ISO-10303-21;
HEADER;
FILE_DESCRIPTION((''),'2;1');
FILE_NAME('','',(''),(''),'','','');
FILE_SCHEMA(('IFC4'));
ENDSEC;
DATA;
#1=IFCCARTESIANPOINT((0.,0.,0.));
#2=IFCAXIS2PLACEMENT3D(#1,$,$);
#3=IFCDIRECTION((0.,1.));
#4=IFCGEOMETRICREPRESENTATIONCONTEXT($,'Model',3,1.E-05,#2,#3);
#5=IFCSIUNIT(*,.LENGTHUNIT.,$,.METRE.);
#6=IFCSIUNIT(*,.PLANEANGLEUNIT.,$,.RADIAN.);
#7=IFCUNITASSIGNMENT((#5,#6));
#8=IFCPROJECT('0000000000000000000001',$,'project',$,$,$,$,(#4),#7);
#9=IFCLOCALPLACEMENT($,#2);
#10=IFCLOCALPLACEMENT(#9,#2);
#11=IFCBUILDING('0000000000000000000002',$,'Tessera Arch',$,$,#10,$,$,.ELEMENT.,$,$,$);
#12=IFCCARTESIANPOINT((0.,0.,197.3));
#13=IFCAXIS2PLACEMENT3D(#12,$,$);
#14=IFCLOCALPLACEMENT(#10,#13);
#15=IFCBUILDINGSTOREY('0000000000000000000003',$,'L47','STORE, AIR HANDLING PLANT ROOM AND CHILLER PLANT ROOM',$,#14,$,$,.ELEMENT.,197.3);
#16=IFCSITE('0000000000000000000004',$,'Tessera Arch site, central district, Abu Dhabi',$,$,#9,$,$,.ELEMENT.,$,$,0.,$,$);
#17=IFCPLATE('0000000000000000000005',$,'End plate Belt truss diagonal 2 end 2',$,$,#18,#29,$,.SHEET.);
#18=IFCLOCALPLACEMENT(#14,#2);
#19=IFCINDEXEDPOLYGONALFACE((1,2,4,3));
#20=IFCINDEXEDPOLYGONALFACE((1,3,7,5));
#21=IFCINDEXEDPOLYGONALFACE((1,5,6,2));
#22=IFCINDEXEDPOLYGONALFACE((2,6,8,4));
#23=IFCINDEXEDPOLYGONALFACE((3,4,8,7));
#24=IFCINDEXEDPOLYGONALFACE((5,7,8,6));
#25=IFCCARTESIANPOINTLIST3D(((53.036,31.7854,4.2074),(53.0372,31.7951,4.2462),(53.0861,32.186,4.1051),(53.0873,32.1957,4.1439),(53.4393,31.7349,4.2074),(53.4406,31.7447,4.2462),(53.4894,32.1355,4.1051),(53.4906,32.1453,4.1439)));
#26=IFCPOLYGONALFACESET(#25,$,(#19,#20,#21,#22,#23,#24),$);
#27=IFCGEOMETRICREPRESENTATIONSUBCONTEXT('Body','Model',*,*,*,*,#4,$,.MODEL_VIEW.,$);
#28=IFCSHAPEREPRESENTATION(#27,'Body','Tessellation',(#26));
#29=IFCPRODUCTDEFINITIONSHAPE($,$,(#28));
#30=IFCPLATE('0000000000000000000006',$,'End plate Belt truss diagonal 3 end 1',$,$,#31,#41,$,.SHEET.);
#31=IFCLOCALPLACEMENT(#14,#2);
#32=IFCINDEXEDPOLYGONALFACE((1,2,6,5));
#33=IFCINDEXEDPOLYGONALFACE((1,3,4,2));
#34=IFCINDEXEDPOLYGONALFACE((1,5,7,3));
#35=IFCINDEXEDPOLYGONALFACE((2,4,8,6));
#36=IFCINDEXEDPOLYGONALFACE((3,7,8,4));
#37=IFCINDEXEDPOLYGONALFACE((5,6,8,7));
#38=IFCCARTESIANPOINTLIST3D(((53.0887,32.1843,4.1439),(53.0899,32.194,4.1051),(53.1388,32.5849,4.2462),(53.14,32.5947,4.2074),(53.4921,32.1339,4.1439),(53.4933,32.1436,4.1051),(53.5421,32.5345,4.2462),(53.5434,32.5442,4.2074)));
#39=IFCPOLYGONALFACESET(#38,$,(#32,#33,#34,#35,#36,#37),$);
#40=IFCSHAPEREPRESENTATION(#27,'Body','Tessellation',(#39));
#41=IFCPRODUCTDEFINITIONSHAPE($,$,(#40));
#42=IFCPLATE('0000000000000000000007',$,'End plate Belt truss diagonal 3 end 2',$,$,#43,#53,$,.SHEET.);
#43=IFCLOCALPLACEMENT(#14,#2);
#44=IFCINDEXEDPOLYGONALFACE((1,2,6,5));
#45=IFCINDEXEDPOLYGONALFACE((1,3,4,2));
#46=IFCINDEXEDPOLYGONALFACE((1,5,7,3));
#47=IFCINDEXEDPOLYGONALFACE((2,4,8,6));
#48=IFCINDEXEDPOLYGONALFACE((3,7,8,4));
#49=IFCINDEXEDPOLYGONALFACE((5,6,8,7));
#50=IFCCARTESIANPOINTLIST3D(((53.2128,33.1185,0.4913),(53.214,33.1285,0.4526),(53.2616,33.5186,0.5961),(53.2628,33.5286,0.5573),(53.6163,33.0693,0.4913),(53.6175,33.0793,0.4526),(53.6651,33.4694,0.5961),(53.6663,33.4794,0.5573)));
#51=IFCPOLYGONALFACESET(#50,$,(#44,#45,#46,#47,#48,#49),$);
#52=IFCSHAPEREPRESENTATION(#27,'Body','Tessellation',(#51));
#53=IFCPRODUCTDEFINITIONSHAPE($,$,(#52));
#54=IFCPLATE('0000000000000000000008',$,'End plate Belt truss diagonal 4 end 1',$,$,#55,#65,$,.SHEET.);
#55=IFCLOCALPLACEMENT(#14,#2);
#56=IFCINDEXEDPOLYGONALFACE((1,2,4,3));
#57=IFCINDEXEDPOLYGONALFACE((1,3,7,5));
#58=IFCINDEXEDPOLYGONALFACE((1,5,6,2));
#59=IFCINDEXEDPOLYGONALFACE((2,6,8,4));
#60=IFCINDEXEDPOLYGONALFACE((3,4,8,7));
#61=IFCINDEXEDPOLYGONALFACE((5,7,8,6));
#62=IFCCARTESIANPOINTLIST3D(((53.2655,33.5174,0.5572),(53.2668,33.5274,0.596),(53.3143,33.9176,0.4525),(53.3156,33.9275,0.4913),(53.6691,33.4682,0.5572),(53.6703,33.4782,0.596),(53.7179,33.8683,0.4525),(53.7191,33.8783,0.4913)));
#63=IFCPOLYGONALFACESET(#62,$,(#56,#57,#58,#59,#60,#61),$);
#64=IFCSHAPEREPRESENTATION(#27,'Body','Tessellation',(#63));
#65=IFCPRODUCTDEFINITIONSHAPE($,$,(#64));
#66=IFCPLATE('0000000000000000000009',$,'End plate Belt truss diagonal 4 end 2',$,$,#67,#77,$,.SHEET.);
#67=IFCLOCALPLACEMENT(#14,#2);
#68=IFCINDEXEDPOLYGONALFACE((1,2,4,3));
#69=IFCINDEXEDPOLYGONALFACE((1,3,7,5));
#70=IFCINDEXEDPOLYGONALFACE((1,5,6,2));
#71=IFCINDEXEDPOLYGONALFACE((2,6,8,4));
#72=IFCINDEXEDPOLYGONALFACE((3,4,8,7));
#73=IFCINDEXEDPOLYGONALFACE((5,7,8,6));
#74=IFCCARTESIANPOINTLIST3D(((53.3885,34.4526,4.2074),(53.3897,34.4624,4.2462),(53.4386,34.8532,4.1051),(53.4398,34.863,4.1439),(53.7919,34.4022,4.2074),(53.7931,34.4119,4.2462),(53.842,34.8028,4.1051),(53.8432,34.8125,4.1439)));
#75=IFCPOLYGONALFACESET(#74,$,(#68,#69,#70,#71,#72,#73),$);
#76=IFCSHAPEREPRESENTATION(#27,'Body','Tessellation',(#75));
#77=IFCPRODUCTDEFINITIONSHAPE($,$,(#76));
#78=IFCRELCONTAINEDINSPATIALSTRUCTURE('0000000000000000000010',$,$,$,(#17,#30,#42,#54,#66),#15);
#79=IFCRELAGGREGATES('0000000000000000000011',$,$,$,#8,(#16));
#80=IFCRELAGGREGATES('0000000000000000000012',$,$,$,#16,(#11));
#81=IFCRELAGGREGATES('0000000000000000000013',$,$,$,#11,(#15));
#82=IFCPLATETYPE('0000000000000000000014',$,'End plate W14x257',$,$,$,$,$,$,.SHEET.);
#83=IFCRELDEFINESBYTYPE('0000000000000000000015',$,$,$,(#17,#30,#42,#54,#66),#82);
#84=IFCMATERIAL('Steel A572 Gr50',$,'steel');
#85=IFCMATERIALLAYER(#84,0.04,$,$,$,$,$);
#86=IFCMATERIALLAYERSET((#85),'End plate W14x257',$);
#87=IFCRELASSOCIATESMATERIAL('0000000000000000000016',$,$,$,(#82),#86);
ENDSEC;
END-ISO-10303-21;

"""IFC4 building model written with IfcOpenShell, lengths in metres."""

from ifc_helpers import new_model, si_unit, direction, frame, origin, origin_2d, place, context, subcontext, project, spatial, rectangle, extrude, material, layer, layer_set, type_object, element, save


model = new_model("IFC4")

# Units and contexts
model_context = context("Model", 3, precision=1e-05, world=origin(), true_north=direction((0.0, 1.0)))
body_context = subcontext(model_context, "Body", "Model", "MODEL_VIEW")
ifc_project = project(units=[si_unit("LENGTHUNIT", "METRE"), si_unit("PLANEANGLEUNIT", "RADIAN")], contexts=[model_context])

# Site, building, storey
site_placement = place(None, origin())
site = spatial("IfcSite", under=ifc_project, at=site_placement, Name="Tessera Arch site, central district, Abu Dhabi", CompositionType="ELEMENT", RefElevation=0.0)
building_placement = place(site_placement, origin())
building = spatial("IfcBuilding", under=site, at=building_placement, Name="Tessera Arch", CompositionType="ELEMENT")
storey_placement = place(building_placement, frame((0.0, 0.0, 197.3)))
storey = spatial("IfcBuildingStorey", under=building, at=storey_placement, Name="L47", Description="STORE, AIR HANDLING PLANT ROOM AND CHILLER PLANT ROOM", CompositionType="ELEMENT", Elevation=197.3)

# Plates
ifc_material_1 = material(Name="Steel A572 Gr50", Category="steel")
ifc_layer_1 = layer(ifc_material_1, 0.04)
ifc_layer_set_1 = layer_set([ifc_layer_1], Name="End plate W14x257")
plate_type_1 = type_object("IfcPlateType", Name="End plate W14x257", PredefinedType="SHEET", material=ifc_layer_set_1)
for number, where, z_axis, x_axis, name in (
    (1, (53.2627, 31.9604, 4.1562), (0.030482, 0.243857, 0.969332), (-0.992278, 0.124035, 0.0), "End plate Belt truss diagonal 2 end 2"),
    (2, (53.3154, 32.3594, 4.1951), (0.030482, 0.243857, -0.969332), (-0.992278, 0.124035, 0.0), "End plate Belt truss diagonal 3 end 1"),
    (3, (53.439, 33.2939, 0.5437), (0.030436, 0.249578, -0.967876), (-0.992646, 0.121054, 0.0), "End plate Belt truss diagonal 3 end 2"),
    (4, (53.4917, 33.6929, 0.5049), (0.030436, 0.249578, 0.967876), (-0.992646, 0.121054, 0.0), "End plate Belt truss diagonal 4 end 1"),
    (5, (53.6152, 34.6277, 4.1562), (0.030482, 0.243857, 0.969332), (-0.992278, 0.124035, 0.0), "End plate Belt truss diagonal 4 end 2"),
):
    element("IfcPlate", number, at=place(storey_placement, frame(where, z_axis=z_axis, x_axis=x_axis)), inside=storey, type_object=plate_type_1, Name=name, PredefinedType="SHEET", context=body_context, shape_type="SweptSolid", body=[
        extrude(rectangle(XDim=0.4065, YDim=0.4165, at=origin_2d()), origin(), (0.0, 0.0, 1.0), 0.04),
    ])

save(model, "model.ifc")
